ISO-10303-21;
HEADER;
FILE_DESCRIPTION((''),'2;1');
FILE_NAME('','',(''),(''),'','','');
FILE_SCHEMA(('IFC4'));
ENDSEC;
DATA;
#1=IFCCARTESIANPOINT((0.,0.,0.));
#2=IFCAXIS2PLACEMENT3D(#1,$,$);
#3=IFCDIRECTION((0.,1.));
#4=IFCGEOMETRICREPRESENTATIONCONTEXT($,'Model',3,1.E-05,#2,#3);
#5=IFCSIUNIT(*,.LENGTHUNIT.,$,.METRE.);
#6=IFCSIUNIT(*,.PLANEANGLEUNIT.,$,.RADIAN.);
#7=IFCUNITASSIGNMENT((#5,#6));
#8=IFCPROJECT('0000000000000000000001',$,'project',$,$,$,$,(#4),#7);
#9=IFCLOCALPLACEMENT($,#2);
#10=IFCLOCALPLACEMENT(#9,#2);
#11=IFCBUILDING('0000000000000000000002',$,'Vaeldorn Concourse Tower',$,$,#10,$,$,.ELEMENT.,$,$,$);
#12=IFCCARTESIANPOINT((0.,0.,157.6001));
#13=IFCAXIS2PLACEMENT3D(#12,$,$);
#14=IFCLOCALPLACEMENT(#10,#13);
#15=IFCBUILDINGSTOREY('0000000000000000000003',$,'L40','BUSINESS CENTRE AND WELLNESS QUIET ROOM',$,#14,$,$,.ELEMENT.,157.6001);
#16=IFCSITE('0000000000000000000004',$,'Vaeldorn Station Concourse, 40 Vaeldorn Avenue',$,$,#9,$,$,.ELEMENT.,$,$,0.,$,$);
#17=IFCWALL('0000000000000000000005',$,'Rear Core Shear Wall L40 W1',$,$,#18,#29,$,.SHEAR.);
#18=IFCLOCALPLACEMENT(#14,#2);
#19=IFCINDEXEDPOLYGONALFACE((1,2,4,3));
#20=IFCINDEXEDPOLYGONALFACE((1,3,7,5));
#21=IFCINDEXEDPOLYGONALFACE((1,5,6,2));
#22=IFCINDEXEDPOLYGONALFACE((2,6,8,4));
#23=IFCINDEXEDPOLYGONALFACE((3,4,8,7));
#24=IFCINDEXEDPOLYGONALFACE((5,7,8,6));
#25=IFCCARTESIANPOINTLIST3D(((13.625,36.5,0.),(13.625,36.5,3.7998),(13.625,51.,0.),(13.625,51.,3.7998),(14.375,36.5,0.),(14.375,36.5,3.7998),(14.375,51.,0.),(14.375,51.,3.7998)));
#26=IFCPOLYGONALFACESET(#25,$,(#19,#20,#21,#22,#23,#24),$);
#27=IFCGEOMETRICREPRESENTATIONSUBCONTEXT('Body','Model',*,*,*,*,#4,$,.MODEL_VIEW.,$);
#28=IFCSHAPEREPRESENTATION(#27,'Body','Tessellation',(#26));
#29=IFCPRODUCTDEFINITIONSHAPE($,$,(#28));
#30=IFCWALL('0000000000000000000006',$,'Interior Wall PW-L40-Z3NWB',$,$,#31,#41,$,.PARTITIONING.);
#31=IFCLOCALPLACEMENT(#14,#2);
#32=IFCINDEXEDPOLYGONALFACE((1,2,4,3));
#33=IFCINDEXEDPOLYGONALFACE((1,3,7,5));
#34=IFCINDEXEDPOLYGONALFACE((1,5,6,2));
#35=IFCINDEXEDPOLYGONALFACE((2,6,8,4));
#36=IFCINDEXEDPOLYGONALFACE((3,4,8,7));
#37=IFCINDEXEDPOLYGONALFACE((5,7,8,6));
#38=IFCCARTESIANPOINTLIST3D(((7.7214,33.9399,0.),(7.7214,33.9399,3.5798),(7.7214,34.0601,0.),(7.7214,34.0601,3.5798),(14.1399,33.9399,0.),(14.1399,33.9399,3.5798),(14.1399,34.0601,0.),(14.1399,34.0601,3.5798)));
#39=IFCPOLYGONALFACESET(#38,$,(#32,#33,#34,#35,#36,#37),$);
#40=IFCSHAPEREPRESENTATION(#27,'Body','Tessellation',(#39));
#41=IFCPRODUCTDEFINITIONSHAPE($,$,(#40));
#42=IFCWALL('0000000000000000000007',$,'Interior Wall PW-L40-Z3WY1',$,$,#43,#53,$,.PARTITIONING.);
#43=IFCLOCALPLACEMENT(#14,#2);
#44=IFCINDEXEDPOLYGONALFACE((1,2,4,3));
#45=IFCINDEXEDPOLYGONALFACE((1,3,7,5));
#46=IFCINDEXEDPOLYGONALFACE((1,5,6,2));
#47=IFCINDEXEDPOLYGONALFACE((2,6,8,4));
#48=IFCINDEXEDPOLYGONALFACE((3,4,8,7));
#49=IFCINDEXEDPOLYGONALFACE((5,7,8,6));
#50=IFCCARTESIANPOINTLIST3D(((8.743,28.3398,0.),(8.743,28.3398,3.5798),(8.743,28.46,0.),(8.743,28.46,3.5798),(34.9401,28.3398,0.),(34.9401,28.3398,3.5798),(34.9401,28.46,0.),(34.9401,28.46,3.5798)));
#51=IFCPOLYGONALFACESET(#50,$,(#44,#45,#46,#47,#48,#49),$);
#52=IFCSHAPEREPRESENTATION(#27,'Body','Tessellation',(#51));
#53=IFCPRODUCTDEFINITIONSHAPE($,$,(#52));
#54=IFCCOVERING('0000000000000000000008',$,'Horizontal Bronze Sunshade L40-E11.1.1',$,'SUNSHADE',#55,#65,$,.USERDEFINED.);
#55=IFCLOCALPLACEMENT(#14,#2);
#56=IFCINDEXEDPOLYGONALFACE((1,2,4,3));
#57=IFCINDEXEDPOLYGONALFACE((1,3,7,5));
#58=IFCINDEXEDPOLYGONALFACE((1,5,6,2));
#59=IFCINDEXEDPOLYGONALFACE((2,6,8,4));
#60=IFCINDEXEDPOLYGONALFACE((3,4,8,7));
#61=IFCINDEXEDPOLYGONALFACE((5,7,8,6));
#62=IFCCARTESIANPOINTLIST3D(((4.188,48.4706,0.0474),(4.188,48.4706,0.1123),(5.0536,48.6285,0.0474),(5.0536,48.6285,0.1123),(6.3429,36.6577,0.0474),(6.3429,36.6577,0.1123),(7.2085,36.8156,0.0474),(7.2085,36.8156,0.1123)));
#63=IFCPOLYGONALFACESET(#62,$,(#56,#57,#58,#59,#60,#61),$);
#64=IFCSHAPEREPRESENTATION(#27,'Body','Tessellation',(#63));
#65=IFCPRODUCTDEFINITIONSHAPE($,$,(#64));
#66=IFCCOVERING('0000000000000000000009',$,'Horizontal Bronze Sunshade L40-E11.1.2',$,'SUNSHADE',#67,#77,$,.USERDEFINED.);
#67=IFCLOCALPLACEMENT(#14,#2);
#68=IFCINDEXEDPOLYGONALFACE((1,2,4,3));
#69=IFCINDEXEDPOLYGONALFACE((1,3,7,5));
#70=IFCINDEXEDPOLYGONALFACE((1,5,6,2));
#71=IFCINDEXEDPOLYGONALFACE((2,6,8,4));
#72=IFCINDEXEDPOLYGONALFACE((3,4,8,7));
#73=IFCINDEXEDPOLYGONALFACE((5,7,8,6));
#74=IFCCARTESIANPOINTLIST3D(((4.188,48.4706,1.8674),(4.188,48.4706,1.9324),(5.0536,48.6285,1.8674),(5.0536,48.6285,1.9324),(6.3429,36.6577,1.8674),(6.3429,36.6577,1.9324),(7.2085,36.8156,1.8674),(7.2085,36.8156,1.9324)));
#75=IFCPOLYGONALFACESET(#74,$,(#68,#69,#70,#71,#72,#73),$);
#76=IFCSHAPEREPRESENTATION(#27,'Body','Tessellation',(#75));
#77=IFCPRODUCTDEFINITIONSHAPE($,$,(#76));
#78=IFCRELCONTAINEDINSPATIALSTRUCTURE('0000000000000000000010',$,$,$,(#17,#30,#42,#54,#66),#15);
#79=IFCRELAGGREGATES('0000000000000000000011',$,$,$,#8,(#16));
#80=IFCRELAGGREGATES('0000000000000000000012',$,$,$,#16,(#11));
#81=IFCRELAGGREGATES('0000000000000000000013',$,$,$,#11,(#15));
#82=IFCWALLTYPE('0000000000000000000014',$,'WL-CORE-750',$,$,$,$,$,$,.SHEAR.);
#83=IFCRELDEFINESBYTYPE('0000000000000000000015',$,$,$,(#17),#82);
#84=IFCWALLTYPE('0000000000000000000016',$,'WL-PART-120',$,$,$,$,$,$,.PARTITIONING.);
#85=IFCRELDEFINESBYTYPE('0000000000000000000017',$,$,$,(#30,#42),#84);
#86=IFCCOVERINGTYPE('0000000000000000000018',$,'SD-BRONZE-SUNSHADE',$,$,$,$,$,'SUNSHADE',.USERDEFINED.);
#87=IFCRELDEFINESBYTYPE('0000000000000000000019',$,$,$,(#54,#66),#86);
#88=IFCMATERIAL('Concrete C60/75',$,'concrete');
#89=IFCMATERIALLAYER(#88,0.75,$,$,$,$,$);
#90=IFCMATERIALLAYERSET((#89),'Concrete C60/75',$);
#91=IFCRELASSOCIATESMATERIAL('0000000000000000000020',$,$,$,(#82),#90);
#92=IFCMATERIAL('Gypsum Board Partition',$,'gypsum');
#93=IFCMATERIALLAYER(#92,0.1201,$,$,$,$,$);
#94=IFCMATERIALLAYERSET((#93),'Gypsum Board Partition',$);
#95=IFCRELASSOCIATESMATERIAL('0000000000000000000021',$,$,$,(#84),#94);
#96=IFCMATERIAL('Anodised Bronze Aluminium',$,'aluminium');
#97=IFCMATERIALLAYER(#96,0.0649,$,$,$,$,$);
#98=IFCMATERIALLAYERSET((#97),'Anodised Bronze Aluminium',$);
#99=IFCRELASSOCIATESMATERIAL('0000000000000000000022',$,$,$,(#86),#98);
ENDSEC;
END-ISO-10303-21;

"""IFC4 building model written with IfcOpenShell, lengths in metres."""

from ifc_helpers import new_model, si_unit, direction, frame, frame_2d, origin, origin_2d, place, context, subcontext, project, spatial, rectangle, extrude, source, transform, mapped, material, layer, layer_set, type_object, element, save


model = new_model("IFC4")

# Units and contexts
model_context = context("Model", 3, precision=1e-05, world=origin(), true_north=direction((0.0, 1.0)))
body_context = subcontext(model_context, "Body", "Model", "MODEL_VIEW")
ifc_project = project(units=[si_unit("LENGTHUNIT", "METRE"), si_unit("PLANEANGLEUNIT", "RADIAN")], contexts=[model_context])

# Site, building, storey
site_placement = place(None, origin())
site = spatial("IfcSite", under=ifc_project, at=site_placement, Name="Vaeldorn Station Concourse, 40 Vaeldorn Avenue", CompositionType="ELEMENT", RefElevation=0.0)
building_placement = place(site_placement, origin())
building = spatial("IfcBuilding", under=site, at=building_placement, Name="Vaeldorn Concourse Tower", CompositionType="ELEMENT")
storey_placement = place(building_placement, frame((0.0, 0.0, 157.6001)))
storey = spatial("IfcBuildingStorey", under=building, at=storey_placement, Name="L40", Description="BUSINESS CENTRE AND WELLNESS QUIET ROOM", CompositionType="ELEMENT", Elevation=157.6001)

# Shared definitions
ifc_material_1 = material(Name="Concrete C60/75", Category="concrete")

# Shared definitions
ifc_material_2 = material(Name="Anodised Bronze Aluminium", Category="aluminium")

# Walls
ifc_layer_1 = layer(ifc_material_1, 0.75)
ifc_layer_set_1 = layer_set([ifc_layer_1], Name="Concrete C60/75")
wall_type_1 = type_object("IfcWallType", Name="WL-CORE-750", PredefinedType="SHEAR", material=ifc_layer_set_1)
wall_1_placement = place(storey_placement, frame((14.0, 36.5, 0.0), z_axis=(0.0, 0.0, 1.0), x_axis=(0.0, 1.0, 0.0)))
element("IfcWall", 1, at=wall_1_placement, inside=storey, type_object=wall_type_1, Name="Rear Core Shear Wall L40 W1", PredefinedType="SHEAR", context=body_context, shape_type="SweptSolid", body=[
    extrude(rectangle(XDim=14.5, YDim=0.75, at=frame_2d((7.25, 0.0))), origin(), (0.0, 0.0, 1.0), 3.7998),
])
ifc_material_3 = material(Name="Gypsum Board Partition", Category="gypsum")
ifc_layer_2 = layer(ifc_material_3, 0.1201)
ifc_layer_set_2 = layer_set([ifc_layer_2], Name="Gypsum Board Partition")
wall_type_2 = type_object("IfcWallType", Name="WL-PART-120", PredefinedType="PARTITIONING", material=ifc_layer_set_2)
wall_2_placement = place(storey_placement, frame((7.7214, 34.0, 0.0), z_axis=(0.0, 0.0, 1.0), x_axis=(1.0, 0.0, 0.0)))
element("IfcWall", 2, at=wall_2_placement, inside=storey, type_object=wall_type_2, Name="Interior Wall PW-L40-Z3NWB", PredefinedType="PARTITIONING", context=body_context, shape_type="SweptSolid", body=[
    extrude(rectangle(XDim=6.4185, YDim=0.1201, at=frame_2d((3.2092, 0.0))), origin(), (0.0, 0.0, 1.0), 3.5798),
])
wall_3_placement = place(storey_placement, frame((8.7429, 28.3999, 0.0), z_axis=(0.0, 0.0, 1.0), x_axis=(1.0, 0.0, 0.0)))
element("IfcWall", 3, at=wall_3_placement, inside=storey, type_object=wall_type_2, Name="Interior Wall PW-L40-Z3WY1", PredefinedType="PARTITIONING", context=body_context, shape_type="SweptSolid", body=[
    extrude(rectangle(XDim=26.197, YDim=0.1201, at=frame_2d((13.0986, 0.0))), origin(), (0.0, 0.0, 1.0), 3.5798),
])

# Coverings
ifc_layer_3 = layer(ifc_material_2, 0.0649)
ifc_layer_set_3 = layer_set([ifc_layer_3], Name="Anodised Bronze Aluminium")
covering_type = type_object("IfcCoveringType", Name="SD-BRONZE-SUNSHADE", ElementType="SUNSHADE", PredefinedType="USERDEFINED", material=ifc_layer_set_3)
shared_shape_1 = source(origin(), body_context, "Body", "SweptSolid", [
    extrude(rectangle(XDim=12.0078, YDim=0.8799, at=origin_2d()), origin(), (0.0, 0.0, 1.0), 0.0649),
])
for number, where, z_axis, x_axis, name in (
    (4, (5.6982, 42.6431, 0.0474), (0.0, 0.0, 1.0), (0.179455, -0.983766, 0.0), "Horizontal Bronze Sunshade L40-E11.1.1"),
    (5, (5.6982, 42.6431, 1.8674), (0.0, 0.0, 1.0), (0.179455, -0.983766, 0.0), "Horizontal Bronze Sunshade L40-E11.1.2"),
):
    element("IfcCovering", number, at=place(storey_placement, frame(where, z_axis=z_axis, x_axis=x_axis)), inside=storey, type_object=covering_type, Name=name, ObjectType="SUNSHADE", PredefinedType="USERDEFINED", context=body_context, shape_type="MappedRepresentation", body=[
        mapped(shared_shape_1, transform((0.0, 0.0, 0.0), scale=1.0)),
    ])

save(model, "model.ifc")
